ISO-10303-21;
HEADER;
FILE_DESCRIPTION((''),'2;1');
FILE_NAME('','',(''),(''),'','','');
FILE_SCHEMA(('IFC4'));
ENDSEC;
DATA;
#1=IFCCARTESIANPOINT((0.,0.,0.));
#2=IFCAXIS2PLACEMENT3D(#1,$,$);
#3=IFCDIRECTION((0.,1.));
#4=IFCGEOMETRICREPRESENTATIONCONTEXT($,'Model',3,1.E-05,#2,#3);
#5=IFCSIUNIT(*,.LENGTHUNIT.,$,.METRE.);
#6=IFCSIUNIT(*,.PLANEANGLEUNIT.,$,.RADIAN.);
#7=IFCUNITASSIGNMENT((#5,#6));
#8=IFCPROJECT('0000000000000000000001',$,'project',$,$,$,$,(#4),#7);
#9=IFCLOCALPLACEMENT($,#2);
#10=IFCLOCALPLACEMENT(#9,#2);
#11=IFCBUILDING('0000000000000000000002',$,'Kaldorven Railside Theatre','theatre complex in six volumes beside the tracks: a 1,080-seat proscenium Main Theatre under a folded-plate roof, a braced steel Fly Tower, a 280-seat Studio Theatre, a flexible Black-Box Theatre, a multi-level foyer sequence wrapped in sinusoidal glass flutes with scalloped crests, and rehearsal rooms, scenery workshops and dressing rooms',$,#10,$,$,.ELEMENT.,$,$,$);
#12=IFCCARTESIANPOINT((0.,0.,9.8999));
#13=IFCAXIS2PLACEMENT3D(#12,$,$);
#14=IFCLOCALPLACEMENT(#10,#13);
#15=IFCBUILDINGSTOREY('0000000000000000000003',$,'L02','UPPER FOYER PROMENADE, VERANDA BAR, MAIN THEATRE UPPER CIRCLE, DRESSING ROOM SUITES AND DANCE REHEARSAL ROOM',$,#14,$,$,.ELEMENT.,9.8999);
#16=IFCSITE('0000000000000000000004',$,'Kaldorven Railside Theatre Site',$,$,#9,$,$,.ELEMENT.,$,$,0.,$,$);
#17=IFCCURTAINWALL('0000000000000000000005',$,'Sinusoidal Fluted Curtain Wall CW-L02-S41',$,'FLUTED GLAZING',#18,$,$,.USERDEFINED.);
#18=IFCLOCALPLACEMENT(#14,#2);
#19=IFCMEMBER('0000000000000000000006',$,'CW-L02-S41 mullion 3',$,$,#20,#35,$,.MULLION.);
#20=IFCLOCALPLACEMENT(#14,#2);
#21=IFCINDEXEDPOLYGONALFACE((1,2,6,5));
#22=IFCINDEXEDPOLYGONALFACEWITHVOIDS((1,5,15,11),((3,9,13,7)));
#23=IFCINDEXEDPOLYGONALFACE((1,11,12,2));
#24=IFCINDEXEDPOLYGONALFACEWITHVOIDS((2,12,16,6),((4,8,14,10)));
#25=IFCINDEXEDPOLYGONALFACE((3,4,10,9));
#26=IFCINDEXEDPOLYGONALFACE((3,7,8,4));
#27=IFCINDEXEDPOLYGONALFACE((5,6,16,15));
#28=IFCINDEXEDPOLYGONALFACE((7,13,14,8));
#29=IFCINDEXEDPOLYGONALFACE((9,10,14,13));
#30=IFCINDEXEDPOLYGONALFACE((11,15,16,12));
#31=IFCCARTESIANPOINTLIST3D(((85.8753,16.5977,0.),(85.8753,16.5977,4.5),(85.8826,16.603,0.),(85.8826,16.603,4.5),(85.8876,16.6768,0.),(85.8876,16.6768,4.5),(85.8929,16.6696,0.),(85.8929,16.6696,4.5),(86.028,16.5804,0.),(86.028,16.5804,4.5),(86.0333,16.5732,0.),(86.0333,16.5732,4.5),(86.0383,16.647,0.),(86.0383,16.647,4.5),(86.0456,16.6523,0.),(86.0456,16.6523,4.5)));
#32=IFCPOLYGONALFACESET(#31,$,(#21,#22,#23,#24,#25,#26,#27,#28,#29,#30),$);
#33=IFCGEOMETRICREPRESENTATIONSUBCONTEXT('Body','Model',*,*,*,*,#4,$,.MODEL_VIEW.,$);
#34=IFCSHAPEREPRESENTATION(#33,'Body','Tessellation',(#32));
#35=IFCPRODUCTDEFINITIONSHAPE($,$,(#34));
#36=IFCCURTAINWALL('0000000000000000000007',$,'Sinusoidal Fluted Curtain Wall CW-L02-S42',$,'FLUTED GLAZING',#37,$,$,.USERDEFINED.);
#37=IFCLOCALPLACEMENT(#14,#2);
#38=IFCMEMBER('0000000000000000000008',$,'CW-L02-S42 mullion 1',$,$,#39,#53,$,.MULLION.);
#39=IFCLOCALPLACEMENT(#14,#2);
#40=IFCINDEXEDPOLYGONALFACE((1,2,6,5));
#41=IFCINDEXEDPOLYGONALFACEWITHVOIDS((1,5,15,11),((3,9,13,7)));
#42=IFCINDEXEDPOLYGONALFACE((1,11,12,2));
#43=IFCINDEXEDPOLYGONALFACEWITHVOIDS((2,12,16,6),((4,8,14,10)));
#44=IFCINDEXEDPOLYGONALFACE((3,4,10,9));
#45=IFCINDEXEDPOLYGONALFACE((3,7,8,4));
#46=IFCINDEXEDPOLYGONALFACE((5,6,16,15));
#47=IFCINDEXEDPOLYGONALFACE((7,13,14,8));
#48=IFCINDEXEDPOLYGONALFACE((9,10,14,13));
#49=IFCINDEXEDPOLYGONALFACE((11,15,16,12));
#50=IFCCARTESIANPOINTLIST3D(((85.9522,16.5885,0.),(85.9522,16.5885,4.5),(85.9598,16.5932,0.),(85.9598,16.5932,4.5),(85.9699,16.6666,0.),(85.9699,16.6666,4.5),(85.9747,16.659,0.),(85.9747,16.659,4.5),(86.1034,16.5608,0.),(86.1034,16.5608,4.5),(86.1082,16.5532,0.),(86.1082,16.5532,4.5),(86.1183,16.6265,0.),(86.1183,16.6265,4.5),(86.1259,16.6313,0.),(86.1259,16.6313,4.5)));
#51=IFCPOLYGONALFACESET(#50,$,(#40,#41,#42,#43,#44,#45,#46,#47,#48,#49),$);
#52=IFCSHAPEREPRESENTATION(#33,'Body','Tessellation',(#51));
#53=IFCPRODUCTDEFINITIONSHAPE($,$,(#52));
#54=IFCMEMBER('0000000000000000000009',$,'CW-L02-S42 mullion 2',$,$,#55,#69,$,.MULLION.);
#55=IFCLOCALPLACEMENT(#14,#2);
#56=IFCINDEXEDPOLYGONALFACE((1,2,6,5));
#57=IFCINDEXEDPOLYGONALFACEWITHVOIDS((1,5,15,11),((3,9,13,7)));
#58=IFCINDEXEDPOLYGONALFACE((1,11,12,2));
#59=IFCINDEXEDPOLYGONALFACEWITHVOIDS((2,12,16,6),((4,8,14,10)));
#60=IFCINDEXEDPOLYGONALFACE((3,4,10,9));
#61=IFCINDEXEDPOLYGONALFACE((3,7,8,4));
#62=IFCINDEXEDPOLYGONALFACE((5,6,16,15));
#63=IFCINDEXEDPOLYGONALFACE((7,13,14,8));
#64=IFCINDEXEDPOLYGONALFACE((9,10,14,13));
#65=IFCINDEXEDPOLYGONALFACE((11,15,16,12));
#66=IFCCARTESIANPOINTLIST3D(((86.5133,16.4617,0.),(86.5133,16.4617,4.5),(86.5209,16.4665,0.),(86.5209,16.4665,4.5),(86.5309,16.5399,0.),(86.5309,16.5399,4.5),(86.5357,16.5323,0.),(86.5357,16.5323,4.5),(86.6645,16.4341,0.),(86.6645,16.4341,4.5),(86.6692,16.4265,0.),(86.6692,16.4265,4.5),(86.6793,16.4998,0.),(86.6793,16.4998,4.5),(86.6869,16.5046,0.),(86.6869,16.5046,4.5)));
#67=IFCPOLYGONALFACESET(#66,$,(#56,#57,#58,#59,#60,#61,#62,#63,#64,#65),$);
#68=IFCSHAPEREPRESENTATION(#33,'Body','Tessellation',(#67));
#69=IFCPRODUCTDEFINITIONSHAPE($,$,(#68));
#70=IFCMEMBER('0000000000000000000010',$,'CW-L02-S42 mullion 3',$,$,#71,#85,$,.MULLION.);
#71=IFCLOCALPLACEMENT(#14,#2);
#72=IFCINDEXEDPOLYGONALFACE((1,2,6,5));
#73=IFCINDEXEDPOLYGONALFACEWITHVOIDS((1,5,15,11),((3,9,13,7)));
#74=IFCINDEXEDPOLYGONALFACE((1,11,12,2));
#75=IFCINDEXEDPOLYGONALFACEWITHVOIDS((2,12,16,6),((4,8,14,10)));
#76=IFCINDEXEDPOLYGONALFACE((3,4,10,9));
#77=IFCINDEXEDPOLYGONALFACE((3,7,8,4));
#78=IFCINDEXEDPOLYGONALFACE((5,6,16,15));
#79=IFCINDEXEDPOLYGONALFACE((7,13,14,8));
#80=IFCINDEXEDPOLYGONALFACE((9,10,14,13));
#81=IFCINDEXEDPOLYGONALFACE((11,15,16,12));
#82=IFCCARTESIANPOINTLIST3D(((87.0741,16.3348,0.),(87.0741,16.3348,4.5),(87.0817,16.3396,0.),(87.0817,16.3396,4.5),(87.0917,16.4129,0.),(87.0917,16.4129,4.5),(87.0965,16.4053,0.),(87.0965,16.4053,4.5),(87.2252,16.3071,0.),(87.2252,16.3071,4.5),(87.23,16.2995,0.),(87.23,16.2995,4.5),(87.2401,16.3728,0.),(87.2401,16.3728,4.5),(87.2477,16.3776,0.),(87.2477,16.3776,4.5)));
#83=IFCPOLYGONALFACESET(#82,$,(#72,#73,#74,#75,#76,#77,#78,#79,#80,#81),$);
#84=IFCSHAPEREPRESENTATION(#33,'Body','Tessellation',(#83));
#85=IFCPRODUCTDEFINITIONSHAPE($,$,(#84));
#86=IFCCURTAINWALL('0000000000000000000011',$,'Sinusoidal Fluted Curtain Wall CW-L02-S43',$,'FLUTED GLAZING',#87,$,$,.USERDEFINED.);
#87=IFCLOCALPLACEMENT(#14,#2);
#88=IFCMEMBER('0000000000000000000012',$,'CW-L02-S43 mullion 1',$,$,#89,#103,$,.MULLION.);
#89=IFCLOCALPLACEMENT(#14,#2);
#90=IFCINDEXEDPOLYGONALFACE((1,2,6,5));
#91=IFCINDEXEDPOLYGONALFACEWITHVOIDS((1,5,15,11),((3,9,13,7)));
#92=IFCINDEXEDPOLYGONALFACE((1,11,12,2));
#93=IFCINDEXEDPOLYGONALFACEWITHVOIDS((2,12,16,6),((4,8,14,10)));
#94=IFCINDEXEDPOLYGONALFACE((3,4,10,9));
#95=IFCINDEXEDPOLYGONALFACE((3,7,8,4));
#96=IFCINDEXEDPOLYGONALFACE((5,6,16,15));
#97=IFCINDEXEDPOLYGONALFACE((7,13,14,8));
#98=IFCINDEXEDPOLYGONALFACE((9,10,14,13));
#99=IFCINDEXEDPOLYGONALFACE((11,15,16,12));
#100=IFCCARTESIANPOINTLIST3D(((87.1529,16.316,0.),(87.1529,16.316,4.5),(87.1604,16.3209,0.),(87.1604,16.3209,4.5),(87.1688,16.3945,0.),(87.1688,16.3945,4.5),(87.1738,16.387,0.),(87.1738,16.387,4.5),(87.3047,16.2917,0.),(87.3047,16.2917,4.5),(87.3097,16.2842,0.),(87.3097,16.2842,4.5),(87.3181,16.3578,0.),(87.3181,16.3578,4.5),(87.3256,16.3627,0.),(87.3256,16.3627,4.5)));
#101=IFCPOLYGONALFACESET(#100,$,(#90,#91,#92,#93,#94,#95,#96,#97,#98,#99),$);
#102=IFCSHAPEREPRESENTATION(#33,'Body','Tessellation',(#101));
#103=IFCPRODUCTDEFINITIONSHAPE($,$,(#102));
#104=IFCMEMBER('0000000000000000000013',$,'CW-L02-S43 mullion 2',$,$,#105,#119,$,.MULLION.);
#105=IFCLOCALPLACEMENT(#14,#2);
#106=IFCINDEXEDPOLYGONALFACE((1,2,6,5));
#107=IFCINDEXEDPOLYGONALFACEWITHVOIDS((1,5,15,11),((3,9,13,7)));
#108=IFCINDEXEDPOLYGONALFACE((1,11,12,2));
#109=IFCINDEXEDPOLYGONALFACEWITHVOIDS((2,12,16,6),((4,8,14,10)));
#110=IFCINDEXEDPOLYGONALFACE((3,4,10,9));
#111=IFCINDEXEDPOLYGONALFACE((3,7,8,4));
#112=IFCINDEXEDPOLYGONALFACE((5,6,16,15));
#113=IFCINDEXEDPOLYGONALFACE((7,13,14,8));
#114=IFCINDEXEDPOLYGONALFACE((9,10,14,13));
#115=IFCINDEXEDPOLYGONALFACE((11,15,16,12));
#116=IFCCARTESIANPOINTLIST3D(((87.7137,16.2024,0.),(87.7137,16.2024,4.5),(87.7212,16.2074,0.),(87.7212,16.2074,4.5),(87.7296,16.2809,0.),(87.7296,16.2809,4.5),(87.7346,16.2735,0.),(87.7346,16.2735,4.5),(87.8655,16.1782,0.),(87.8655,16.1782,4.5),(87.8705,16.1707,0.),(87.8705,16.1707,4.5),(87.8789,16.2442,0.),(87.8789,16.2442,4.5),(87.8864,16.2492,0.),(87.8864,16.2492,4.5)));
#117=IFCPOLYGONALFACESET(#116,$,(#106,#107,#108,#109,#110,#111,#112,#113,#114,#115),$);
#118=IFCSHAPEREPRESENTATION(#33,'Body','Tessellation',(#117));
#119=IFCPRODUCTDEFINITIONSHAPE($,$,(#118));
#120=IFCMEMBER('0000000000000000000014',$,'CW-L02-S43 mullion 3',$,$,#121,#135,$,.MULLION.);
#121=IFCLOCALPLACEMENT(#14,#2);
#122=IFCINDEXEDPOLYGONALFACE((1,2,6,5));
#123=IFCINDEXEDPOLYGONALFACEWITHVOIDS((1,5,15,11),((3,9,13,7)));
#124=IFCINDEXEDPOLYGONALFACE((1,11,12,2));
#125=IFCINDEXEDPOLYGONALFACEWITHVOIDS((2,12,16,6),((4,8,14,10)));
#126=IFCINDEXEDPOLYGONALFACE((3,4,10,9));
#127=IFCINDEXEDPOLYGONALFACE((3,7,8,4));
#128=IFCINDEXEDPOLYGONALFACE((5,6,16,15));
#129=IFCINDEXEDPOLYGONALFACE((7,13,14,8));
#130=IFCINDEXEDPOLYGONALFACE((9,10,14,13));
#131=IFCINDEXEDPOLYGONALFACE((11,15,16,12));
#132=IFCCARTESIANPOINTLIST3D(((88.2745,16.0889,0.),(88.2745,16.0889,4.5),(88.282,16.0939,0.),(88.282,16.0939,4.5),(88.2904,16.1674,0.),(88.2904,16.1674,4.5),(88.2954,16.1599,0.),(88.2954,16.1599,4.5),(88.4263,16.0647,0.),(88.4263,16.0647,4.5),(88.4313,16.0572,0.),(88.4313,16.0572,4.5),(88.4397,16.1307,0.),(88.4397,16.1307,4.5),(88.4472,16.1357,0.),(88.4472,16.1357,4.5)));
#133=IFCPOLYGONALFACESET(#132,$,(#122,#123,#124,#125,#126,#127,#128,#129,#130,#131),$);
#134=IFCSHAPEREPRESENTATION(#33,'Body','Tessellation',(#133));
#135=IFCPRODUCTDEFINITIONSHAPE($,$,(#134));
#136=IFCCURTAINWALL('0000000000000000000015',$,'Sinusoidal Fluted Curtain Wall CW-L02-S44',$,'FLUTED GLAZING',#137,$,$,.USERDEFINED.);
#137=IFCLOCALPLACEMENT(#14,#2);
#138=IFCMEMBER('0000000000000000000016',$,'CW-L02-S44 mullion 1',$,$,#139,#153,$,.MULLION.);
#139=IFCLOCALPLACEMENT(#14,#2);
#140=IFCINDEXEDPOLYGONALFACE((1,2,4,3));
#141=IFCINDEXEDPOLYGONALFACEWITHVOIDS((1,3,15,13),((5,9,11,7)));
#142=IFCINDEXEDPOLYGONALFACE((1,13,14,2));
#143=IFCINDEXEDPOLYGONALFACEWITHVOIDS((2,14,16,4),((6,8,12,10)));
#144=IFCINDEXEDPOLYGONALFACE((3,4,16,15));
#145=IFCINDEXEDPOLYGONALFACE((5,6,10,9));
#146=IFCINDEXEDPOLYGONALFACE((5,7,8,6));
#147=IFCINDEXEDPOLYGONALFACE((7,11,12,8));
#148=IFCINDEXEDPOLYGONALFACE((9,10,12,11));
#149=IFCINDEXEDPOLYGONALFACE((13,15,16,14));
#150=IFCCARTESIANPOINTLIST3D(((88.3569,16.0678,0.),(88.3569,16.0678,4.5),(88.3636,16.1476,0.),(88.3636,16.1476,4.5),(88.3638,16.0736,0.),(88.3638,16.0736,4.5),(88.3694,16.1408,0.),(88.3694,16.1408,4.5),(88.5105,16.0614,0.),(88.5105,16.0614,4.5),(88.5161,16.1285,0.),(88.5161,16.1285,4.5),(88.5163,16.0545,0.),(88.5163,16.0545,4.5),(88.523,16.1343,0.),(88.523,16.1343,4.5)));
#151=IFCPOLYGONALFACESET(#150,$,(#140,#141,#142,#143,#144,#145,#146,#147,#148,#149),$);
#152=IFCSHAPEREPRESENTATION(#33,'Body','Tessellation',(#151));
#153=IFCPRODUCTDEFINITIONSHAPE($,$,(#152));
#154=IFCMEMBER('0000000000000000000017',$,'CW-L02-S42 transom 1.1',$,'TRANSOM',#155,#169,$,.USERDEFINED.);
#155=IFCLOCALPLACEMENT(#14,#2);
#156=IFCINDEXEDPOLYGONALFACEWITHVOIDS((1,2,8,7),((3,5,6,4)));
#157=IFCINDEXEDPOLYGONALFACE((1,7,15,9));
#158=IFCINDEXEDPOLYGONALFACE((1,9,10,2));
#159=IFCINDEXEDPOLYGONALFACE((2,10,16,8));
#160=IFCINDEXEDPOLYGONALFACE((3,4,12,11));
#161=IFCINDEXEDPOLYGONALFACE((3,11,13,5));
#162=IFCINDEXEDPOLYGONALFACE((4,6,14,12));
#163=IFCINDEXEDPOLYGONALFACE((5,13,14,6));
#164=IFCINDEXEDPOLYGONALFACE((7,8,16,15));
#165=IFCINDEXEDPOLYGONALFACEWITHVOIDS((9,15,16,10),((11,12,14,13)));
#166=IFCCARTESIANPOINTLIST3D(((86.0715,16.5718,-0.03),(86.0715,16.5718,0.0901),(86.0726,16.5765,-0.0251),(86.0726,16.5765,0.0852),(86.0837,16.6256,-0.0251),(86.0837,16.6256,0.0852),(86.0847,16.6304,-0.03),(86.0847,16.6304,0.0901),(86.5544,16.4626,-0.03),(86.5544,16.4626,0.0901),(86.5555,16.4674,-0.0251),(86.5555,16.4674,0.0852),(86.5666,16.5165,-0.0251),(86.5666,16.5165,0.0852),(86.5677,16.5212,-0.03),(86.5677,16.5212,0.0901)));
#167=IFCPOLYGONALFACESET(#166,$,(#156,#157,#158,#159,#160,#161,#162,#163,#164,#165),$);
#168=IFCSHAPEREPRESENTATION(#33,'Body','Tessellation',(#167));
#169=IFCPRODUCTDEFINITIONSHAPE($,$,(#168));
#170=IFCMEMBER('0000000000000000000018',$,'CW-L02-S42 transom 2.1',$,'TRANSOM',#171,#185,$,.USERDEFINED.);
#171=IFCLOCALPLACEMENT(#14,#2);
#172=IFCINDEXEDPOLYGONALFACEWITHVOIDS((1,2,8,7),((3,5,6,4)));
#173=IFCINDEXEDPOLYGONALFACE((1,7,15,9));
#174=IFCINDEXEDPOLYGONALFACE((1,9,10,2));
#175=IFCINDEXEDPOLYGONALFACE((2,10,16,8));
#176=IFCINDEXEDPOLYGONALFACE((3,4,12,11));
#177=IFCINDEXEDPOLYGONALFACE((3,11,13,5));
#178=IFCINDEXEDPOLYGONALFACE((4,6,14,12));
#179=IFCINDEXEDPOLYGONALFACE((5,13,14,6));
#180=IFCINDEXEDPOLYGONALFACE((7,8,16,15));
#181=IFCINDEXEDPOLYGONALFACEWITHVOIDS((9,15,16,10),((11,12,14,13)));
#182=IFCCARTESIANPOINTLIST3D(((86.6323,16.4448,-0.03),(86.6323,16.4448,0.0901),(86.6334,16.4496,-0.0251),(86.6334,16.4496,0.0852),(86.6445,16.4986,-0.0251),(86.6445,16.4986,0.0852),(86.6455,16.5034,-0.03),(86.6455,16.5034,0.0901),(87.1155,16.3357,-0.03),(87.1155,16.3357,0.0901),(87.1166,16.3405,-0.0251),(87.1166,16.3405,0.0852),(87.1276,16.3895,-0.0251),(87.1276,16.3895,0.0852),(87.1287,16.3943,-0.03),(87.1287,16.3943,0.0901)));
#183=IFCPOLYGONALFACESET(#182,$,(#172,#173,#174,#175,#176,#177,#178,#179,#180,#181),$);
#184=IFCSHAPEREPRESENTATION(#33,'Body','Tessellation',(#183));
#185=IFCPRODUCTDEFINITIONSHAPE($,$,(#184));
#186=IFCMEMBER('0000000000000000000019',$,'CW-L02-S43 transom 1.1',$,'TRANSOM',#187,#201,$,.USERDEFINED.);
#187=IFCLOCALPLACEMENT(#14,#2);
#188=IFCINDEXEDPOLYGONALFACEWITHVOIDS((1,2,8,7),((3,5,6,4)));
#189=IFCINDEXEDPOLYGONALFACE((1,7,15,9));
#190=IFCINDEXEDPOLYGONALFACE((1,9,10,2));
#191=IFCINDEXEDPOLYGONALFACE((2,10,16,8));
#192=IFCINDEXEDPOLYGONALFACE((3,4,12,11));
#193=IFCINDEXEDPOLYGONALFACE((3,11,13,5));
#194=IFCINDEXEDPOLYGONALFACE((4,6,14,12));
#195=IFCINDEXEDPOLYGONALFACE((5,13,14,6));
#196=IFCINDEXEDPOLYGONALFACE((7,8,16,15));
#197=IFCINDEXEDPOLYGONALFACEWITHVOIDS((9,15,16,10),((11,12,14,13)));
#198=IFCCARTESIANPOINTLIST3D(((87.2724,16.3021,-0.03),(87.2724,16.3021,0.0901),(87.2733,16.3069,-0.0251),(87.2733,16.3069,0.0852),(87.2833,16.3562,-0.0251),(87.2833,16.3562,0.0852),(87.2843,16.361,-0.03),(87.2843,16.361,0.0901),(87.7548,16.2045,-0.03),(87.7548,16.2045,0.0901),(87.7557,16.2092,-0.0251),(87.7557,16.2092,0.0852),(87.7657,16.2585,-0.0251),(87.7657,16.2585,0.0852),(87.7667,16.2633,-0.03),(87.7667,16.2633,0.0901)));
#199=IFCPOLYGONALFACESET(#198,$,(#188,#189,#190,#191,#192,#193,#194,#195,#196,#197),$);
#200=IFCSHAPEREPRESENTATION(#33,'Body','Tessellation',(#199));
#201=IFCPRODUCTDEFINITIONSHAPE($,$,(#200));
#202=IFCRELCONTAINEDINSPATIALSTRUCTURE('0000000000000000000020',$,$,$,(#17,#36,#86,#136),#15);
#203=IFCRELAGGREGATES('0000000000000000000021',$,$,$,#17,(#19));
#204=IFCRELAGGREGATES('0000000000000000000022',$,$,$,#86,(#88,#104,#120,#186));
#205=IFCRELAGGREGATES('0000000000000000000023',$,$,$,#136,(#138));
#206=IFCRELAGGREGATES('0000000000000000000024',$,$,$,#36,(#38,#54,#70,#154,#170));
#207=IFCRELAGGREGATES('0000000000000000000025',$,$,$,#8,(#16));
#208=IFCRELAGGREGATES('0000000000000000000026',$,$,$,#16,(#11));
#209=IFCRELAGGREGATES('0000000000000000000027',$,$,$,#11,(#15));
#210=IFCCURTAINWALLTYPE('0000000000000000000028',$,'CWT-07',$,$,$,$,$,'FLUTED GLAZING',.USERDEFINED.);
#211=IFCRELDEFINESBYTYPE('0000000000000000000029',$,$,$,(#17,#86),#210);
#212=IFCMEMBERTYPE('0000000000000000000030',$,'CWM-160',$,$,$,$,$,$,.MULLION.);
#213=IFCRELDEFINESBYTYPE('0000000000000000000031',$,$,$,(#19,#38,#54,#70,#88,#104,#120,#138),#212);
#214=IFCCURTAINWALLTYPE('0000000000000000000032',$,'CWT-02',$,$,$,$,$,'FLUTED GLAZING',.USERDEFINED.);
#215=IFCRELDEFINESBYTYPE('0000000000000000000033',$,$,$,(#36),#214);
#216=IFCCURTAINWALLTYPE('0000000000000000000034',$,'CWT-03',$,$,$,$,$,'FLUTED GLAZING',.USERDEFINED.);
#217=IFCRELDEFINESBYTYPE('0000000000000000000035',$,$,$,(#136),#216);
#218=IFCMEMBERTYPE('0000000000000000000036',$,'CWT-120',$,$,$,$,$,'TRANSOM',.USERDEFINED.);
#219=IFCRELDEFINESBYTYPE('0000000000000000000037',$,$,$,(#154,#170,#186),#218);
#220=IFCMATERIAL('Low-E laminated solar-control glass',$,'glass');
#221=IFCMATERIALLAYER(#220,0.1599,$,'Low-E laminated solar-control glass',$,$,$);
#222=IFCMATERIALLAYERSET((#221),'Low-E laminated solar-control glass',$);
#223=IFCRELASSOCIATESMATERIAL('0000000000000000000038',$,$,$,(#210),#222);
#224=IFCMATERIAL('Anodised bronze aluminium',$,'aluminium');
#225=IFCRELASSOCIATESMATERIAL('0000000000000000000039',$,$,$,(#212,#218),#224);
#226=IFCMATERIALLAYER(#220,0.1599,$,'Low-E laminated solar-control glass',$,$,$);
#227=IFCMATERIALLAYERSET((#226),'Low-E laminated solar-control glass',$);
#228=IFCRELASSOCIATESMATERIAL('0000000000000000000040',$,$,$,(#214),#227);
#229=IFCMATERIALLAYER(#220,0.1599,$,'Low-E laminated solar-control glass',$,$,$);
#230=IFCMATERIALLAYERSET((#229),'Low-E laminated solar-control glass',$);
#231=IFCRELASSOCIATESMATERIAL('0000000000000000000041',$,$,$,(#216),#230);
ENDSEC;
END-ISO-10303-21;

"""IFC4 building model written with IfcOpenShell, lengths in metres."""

from ifc_helpers import new_model, si_unit, direction, frame, origin, origin_2d, place, context, subcontext, project, spatial, hollow_rectangle, extrude, material, layer, layer_set, material_profile, profile_set, type_object, element, aggregate, save


model = new_model("IFC4")

# Units and contexts
model_context = context("Model", 3, precision=1e-05, world=origin(), true_north=direction((0.0, 1.0)))
body_context = subcontext(model_context, "Body", "Model", "MODEL_VIEW")
ifc_project = project(units=[si_unit("LENGTHUNIT", "METRE"), si_unit("PLANEANGLEUNIT", "RADIAN")], contexts=[model_context])

# Site, building, storey
site_placement = place(None, origin())
site = spatial("IfcSite", under=ifc_project, at=site_placement, Name="Kaldorven Railside Theatre Site", CompositionType="ELEMENT", RefElevation=0.0)
building_placement = place(site_placement, origin())
building = spatial("IfcBuilding", under=site, at=building_placement, Name="Kaldorven Railside Theatre", Description="theatre complex in six volumes beside the tracks: a 1,080-seat proscenium Main Theatre under a folded-plate roof, a braced steel Fly Tower, a 280-seat Studio Theatre, a flexible Black-Box Theatre, a multi-level foyer sequence wrapped in sinusoidal glass flutes with scalloped crests, and rehearsal rooms, scenery workshops and dressing rooms", CompositionType="ELEMENT")
storey_placement = place(building_placement, frame((0.0, 0.0, 9.8999)))
storey = spatial("IfcBuildingStorey", under=building, at=storey_placement, Name="L02", Description="UPPER FOYER PROMENADE, VERANDA BAR, MAIN THEATRE UPPER CIRCLE, DRESSING ROOM SUITES AND DANCE REHEARSAL ROOM", CompositionType="ELEMENT", Elevation=9.8999)

# Curtain wall, member
ifc_material_1 = material(Name="Low-E laminated solar-control glass", Category="glass")
ifc_layer_1 = layer(ifc_material_1, 0.1599, Name="Low-E laminated solar-control glass")
ifc_layer_set_1 = layer_set([ifc_layer_1], Name="Low-E laminated solar-control glass")
curtain_wall_type_1 = type_object("IfcCurtainWallType", Name="CWT-07", ElementType="FLUTED GLAZING", PredefinedType="USERDEFINED", material=ifc_layer_set_1)
curtain_wall_1_placement = place(storey_placement, origin())
curtain_wall_1 = element("IfcCurtainWall", 1, at=curtain_wall_1_placement, inside=storey, type_object=curtain_wall_type_1, Name="Sinusoidal Fluted Curtain Wall CW-L02-S41", ObjectType="FLUTED GLAZING", PredefinedType="USERDEFINED")
ifc_material_2 = material(Name="Anodised bronze aluminium", Category="aluminium")
ifc_material_profile_1 = material_profile(ifc_material_2, hollow_rectangle(XDim=0.0801, YDim=0.1599, WallThickness=0.0063, at=origin_2d()), Name="RHS 160x80x6.3")
ifc_profile_set_1 = profile_set([ifc_material_profile_1], Name="Anodised bronze aluminium")
member_type_1 = type_object("IfcMemberType", Name="CWM-160", PredefinedType="MULLION", material=ifc_profile_set_1)
member_1_placement = place(storey_placement, frame((85.9604, 16.625, 0.0), z_axis=(0.0, 0.0, 1.0), x_axis=(0.15301, 0.988225, 0.0)))
member_1 = element("IfcMember", 2, at=member_1_placement, type_object=member_type_1, Name="CW-L02-S41 mullion 3", PredefinedType="MULLION", context=body_context, shape_type="SweptSolid", body=[
    extrude(hollow_rectangle(XDim=0.0801, YDim=0.1599, WallThickness=0.0063, at=origin_2d()), origin(), (0.0, 0.0, 1.0), 4.5),
])
aggregate(curtain_wall_1, [member_1])

# Curtain walls, members
ifc_layer_2 = layer(ifc_material_1, 0.1599, Name="Low-E laminated solar-control glass")
ifc_layer_set_2 = layer_set([ifc_layer_2], Name="Low-E laminated solar-control glass")
curtain_wall_type_2 = type_object("IfcCurtainWallType", Name="CWT-02", ElementType="FLUTED GLAZING", PredefinedType="USERDEFINED", material=ifc_layer_set_2)
curtain_wall_2_placement = place(storey_placement, origin())
curtain_wall_2 = element("IfcCurtainWall", 3, at=curtain_wall_2_placement, inside=storey, type_object=curtain_wall_type_2, Name="Sinusoidal Fluted Curtain Wall CW-L02-S42", ObjectType="FLUTED GLAZING", PredefinedType="USERDEFINED")
member_2_placement = place(storey_placement, frame((86.0391, 16.6099, 0.0), z_axis=(0.0, 0.0, 1.0), x_axis=(0.220672, 0.975348, 0.0)))
member_2 = element("IfcMember", 4, at=member_2_placement, type_object=member_type_1, Name="CW-L02-S42 mullion 1", PredefinedType="MULLION", context=body_context, shape_type="SweptSolid", body=[
    extrude(hollow_rectangle(XDim=0.0801, YDim=0.1599, WallThickness=0.0063, at=origin_2d()), origin(), (0.0, 0.0, 1.0), 4.5),
])
member_3_placement = place(storey_placement, frame((86.6001, 16.4832, 0.0), z_axis=(0.0, 0.0, 1.0), x_axis=(0.220672, 0.975348, 0.0)))
member_3 = element("IfcMember", 5, at=member_3_placement, type_object=member_type_1, Name="CW-L02-S42 mullion 2", PredefinedType="MULLION", context=body_context, shape_type="SweptSolid", body=[
    extrude(hollow_rectangle(XDim=0.0801, YDim=0.1599, WallThickness=0.0063, at=origin_2d()), origin(), (0.0, 0.0, 1.0), 4.5),
])
member_4_placement = place(storey_placement, frame((87.1609, 16.3562, 0.0), z_axis=(0.0, 0.0, 1.0), x_axis=(0.220672, 0.975348, 0.0)))
member_4 = element("IfcMember", 6, at=member_4_placement, type_object=member_type_1, Name="CW-L02-S42 mullion 3", PredefinedType="MULLION", context=body_context, shape_type="SweptSolid", body=[
    extrude(hollow_rectangle(XDim=0.0801, YDim=0.1599, WallThickness=0.0063, at=origin_2d()), origin(), (0.0, 0.0, 1.0), 4.5),
])
curtain_wall_3_placement = place(storey_placement, origin())
curtain_wall_3 = element("IfcCurtainWall", 7, at=curtain_wall_3_placement, inside=storey, type_object=curtain_wall_type_1, Name="Sinusoidal Fluted Curtain Wall CW-L02-S43", ObjectType="FLUTED GLAZING", PredefinedType="USERDEFINED")
member_5_placement = place(storey_placement, frame((87.2393, 16.3394, 0.0), z_axis=(0.0, 0.0, 1.0), x_axis=(0.198393, 0.980123, 0.0)))
member_5 = element("IfcMember", 8, at=member_5_placement, type_object=member_type_1, Name="CW-L02-S43 mullion 1", PredefinedType="MULLION", context=body_context, shape_type="SweptSolid", body=[
    extrude(hollow_rectangle(XDim=0.0801, YDim=0.1599, WallThickness=0.0063, at=origin_2d()), origin(), (0.0, 0.0, 1.0), 4.5),
])
member_6_placement = place(storey_placement, frame((87.8, 16.2258, 0.0), z_axis=(0.0, 0.0, 1.0), x_axis=(0.198393, 0.980123, 0.0)))
member_6 = element("IfcMember", 9, at=member_6_placement, type_object=member_type_1, Name="CW-L02-S43 mullion 2", PredefinedType="MULLION", context=body_context, shape_type="SweptSolid", body=[
    extrude(hollow_rectangle(XDim=0.0801, YDim=0.1599, WallThickness=0.0063, at=origin_2d()), origin(), (0.0, 0.0, 1.0), 4.5),
])
member_7_placement = place(storey_placement, frame((88.3608, 16.1123, 0.0), z_axis=(0.0, 0.0, 1.0), x_axis=(0.198393, 0.980123, 0.0)))
member_7 = element("IfcMember", 10, at=member_7_placement, type_object=member_type_1, Name="CW-L02-S43 mullion 3", PredefinedType="MULLION", context=body_context, shape_type="SweptSolid", body=[
    extrude(hollow_rectangle(XDim=0.0801, YDim=0.1599, WallThickness=0.0063, at=origin_2d()), origin(), (0.0, 0.0, 1.0), 4.5),
])

# Curtain wall, member
ifc_layer_3 = layer(ifc_material_1, 0.1599, Name="Low-E laminated solar-control glass")
ifc_layer_set_3 = layer_set([ifc_layer_3], Name="Low-E laminated solar-control glass")
curtain_wall_type_3 = type_object("IfcCurtainWallType", Name="CWT-03", ElementType="FLUTED GLAZING", PredefinedType="USERDEFINED", material=ifc_layer_set_3)
curtain_wall_4_placement = place(storey_placement, origin())
curtain_wall_4 = element("IfcCurtainWall", 11, at=curtain_wall_4_placement, inside=storey, type_object=curtain_wall_type_3, Name="Sinusoidal Fluted Curtain Wall CW-L02-S44", ObjectType="FLUTED GLAZING", PredefinedType="USERDEFINED")
member_8_placement = place(storey_placement, frame((88.4399, 16.1011, 0.0), z_axis=(0.0, 0.0, 1.0), x_axis=(0.08321, 0.996532, 0.0)))
member_8 = element("IfcMember", 12, at=member_8_placement, type_object=member_type_1, Name="CW-L02-S44 mullion 1", PredefinedType="MULLION", context=body_context, shape_type="SweptSolid", body=[
    extrude(hollow_rectangle(XDim=0.0801, YDim=0.1599, WallThickness=0.0063, at=origin_2d()), origin(), (0.0, 0.0, 1.0), 4.5),
])

# Members
ifc_material_profile_2 = material_profile(ifc_material_2, hollow_rectangle(XDim=0.0601, YDim=0.1201, WallThickness=0.0049, at=origin_2d()), Name="RHS 120x60x5")
ifc_profile_set_2 = profile_set([ifc_material_profile_2], Name="Anodised bronze aluminium")
member_type_2 = type_object("IfcMemberType", Name="CWT-120", ElementType="TRANSOM", PredefinedType="USERDEFINED", material=ifc_profile_set_2)
member_9_placement = place(storey_placement, frame((86.0781, 16.6011, 0.03), z_axis=(0.975403, -0.220427, 0.0), x_axis=(0.220427, 0.975403, 0.0)))
member_9 = element("IfcMember", 13, at=member_9_placement, type_object=member_type_2, Name="CW-L02-S42 transom 1.1", ObjectType="TRANSOM", PredefinedType="USERDEFINED", context=body_context, shape_type="SweptSolid", body=[
    extrude(hollow_rectangle(XDim=0.0601, YDim=0.1201, WallThickness=0.0049, at=origin_2d()), origin(), (0.0, 0.0, 1.0), 0.4951),
])
member_10_placement = place(storey_placement, frame((86.6389, 16.4741, 0.03), z_axis=(0.975427, -0.220321, 0.0), x_axis=(0.220321, 0.975427, 0.0)))
member_10 = element("IfcMember", 14, at=member_10_placement, type_object=member_type_2, Name="CW-L02-S42 transom 2.1", ObjectType="TRANSOM", PredefinedType="USERDEFINED", context=body_context, shape_type="SweptSolid", body=[
    extrude(hollow_rectangle(XDim=0.0601, YDim=0.1201, WallThickness=0.0049, at=origin_2d()), origin(), (0.0, 0.0, 1.0), 0.4954),
])
member_11_placement = place(storey_placement, frame((87.2783, 16.3315, 0.03), z_axis=(0.98012, -0.198405, 0.0), x_axis=(0.198405, 0.98012, 0.0)))
member_11 = element("IfcMember", 15, at=member_11_placement, type_object=member_type_2, Name="CW-L02-S43 transom 1.1", ObjectType="TRANSOM", PredefinedType="USERDEFINED", context=body_context, shape_type="SweptSolid", body=[
    extrude(hollow_rectangle(XDim=0.0601, YDim=0.1201, WallThickness=0.0049, at=origin_2d()), origin(), (0.0, 0.0, 1.0), 0.4922),
])
aggregate(curtain_wall_3, [member_5, member_6, member_7, member_11])
aggregate(curtain_wall_4, [member_8])

aggregate(curtain_wall_2, [member_2, member_3, member_4, member_9, member_10])

save(model, "model.ifc")
